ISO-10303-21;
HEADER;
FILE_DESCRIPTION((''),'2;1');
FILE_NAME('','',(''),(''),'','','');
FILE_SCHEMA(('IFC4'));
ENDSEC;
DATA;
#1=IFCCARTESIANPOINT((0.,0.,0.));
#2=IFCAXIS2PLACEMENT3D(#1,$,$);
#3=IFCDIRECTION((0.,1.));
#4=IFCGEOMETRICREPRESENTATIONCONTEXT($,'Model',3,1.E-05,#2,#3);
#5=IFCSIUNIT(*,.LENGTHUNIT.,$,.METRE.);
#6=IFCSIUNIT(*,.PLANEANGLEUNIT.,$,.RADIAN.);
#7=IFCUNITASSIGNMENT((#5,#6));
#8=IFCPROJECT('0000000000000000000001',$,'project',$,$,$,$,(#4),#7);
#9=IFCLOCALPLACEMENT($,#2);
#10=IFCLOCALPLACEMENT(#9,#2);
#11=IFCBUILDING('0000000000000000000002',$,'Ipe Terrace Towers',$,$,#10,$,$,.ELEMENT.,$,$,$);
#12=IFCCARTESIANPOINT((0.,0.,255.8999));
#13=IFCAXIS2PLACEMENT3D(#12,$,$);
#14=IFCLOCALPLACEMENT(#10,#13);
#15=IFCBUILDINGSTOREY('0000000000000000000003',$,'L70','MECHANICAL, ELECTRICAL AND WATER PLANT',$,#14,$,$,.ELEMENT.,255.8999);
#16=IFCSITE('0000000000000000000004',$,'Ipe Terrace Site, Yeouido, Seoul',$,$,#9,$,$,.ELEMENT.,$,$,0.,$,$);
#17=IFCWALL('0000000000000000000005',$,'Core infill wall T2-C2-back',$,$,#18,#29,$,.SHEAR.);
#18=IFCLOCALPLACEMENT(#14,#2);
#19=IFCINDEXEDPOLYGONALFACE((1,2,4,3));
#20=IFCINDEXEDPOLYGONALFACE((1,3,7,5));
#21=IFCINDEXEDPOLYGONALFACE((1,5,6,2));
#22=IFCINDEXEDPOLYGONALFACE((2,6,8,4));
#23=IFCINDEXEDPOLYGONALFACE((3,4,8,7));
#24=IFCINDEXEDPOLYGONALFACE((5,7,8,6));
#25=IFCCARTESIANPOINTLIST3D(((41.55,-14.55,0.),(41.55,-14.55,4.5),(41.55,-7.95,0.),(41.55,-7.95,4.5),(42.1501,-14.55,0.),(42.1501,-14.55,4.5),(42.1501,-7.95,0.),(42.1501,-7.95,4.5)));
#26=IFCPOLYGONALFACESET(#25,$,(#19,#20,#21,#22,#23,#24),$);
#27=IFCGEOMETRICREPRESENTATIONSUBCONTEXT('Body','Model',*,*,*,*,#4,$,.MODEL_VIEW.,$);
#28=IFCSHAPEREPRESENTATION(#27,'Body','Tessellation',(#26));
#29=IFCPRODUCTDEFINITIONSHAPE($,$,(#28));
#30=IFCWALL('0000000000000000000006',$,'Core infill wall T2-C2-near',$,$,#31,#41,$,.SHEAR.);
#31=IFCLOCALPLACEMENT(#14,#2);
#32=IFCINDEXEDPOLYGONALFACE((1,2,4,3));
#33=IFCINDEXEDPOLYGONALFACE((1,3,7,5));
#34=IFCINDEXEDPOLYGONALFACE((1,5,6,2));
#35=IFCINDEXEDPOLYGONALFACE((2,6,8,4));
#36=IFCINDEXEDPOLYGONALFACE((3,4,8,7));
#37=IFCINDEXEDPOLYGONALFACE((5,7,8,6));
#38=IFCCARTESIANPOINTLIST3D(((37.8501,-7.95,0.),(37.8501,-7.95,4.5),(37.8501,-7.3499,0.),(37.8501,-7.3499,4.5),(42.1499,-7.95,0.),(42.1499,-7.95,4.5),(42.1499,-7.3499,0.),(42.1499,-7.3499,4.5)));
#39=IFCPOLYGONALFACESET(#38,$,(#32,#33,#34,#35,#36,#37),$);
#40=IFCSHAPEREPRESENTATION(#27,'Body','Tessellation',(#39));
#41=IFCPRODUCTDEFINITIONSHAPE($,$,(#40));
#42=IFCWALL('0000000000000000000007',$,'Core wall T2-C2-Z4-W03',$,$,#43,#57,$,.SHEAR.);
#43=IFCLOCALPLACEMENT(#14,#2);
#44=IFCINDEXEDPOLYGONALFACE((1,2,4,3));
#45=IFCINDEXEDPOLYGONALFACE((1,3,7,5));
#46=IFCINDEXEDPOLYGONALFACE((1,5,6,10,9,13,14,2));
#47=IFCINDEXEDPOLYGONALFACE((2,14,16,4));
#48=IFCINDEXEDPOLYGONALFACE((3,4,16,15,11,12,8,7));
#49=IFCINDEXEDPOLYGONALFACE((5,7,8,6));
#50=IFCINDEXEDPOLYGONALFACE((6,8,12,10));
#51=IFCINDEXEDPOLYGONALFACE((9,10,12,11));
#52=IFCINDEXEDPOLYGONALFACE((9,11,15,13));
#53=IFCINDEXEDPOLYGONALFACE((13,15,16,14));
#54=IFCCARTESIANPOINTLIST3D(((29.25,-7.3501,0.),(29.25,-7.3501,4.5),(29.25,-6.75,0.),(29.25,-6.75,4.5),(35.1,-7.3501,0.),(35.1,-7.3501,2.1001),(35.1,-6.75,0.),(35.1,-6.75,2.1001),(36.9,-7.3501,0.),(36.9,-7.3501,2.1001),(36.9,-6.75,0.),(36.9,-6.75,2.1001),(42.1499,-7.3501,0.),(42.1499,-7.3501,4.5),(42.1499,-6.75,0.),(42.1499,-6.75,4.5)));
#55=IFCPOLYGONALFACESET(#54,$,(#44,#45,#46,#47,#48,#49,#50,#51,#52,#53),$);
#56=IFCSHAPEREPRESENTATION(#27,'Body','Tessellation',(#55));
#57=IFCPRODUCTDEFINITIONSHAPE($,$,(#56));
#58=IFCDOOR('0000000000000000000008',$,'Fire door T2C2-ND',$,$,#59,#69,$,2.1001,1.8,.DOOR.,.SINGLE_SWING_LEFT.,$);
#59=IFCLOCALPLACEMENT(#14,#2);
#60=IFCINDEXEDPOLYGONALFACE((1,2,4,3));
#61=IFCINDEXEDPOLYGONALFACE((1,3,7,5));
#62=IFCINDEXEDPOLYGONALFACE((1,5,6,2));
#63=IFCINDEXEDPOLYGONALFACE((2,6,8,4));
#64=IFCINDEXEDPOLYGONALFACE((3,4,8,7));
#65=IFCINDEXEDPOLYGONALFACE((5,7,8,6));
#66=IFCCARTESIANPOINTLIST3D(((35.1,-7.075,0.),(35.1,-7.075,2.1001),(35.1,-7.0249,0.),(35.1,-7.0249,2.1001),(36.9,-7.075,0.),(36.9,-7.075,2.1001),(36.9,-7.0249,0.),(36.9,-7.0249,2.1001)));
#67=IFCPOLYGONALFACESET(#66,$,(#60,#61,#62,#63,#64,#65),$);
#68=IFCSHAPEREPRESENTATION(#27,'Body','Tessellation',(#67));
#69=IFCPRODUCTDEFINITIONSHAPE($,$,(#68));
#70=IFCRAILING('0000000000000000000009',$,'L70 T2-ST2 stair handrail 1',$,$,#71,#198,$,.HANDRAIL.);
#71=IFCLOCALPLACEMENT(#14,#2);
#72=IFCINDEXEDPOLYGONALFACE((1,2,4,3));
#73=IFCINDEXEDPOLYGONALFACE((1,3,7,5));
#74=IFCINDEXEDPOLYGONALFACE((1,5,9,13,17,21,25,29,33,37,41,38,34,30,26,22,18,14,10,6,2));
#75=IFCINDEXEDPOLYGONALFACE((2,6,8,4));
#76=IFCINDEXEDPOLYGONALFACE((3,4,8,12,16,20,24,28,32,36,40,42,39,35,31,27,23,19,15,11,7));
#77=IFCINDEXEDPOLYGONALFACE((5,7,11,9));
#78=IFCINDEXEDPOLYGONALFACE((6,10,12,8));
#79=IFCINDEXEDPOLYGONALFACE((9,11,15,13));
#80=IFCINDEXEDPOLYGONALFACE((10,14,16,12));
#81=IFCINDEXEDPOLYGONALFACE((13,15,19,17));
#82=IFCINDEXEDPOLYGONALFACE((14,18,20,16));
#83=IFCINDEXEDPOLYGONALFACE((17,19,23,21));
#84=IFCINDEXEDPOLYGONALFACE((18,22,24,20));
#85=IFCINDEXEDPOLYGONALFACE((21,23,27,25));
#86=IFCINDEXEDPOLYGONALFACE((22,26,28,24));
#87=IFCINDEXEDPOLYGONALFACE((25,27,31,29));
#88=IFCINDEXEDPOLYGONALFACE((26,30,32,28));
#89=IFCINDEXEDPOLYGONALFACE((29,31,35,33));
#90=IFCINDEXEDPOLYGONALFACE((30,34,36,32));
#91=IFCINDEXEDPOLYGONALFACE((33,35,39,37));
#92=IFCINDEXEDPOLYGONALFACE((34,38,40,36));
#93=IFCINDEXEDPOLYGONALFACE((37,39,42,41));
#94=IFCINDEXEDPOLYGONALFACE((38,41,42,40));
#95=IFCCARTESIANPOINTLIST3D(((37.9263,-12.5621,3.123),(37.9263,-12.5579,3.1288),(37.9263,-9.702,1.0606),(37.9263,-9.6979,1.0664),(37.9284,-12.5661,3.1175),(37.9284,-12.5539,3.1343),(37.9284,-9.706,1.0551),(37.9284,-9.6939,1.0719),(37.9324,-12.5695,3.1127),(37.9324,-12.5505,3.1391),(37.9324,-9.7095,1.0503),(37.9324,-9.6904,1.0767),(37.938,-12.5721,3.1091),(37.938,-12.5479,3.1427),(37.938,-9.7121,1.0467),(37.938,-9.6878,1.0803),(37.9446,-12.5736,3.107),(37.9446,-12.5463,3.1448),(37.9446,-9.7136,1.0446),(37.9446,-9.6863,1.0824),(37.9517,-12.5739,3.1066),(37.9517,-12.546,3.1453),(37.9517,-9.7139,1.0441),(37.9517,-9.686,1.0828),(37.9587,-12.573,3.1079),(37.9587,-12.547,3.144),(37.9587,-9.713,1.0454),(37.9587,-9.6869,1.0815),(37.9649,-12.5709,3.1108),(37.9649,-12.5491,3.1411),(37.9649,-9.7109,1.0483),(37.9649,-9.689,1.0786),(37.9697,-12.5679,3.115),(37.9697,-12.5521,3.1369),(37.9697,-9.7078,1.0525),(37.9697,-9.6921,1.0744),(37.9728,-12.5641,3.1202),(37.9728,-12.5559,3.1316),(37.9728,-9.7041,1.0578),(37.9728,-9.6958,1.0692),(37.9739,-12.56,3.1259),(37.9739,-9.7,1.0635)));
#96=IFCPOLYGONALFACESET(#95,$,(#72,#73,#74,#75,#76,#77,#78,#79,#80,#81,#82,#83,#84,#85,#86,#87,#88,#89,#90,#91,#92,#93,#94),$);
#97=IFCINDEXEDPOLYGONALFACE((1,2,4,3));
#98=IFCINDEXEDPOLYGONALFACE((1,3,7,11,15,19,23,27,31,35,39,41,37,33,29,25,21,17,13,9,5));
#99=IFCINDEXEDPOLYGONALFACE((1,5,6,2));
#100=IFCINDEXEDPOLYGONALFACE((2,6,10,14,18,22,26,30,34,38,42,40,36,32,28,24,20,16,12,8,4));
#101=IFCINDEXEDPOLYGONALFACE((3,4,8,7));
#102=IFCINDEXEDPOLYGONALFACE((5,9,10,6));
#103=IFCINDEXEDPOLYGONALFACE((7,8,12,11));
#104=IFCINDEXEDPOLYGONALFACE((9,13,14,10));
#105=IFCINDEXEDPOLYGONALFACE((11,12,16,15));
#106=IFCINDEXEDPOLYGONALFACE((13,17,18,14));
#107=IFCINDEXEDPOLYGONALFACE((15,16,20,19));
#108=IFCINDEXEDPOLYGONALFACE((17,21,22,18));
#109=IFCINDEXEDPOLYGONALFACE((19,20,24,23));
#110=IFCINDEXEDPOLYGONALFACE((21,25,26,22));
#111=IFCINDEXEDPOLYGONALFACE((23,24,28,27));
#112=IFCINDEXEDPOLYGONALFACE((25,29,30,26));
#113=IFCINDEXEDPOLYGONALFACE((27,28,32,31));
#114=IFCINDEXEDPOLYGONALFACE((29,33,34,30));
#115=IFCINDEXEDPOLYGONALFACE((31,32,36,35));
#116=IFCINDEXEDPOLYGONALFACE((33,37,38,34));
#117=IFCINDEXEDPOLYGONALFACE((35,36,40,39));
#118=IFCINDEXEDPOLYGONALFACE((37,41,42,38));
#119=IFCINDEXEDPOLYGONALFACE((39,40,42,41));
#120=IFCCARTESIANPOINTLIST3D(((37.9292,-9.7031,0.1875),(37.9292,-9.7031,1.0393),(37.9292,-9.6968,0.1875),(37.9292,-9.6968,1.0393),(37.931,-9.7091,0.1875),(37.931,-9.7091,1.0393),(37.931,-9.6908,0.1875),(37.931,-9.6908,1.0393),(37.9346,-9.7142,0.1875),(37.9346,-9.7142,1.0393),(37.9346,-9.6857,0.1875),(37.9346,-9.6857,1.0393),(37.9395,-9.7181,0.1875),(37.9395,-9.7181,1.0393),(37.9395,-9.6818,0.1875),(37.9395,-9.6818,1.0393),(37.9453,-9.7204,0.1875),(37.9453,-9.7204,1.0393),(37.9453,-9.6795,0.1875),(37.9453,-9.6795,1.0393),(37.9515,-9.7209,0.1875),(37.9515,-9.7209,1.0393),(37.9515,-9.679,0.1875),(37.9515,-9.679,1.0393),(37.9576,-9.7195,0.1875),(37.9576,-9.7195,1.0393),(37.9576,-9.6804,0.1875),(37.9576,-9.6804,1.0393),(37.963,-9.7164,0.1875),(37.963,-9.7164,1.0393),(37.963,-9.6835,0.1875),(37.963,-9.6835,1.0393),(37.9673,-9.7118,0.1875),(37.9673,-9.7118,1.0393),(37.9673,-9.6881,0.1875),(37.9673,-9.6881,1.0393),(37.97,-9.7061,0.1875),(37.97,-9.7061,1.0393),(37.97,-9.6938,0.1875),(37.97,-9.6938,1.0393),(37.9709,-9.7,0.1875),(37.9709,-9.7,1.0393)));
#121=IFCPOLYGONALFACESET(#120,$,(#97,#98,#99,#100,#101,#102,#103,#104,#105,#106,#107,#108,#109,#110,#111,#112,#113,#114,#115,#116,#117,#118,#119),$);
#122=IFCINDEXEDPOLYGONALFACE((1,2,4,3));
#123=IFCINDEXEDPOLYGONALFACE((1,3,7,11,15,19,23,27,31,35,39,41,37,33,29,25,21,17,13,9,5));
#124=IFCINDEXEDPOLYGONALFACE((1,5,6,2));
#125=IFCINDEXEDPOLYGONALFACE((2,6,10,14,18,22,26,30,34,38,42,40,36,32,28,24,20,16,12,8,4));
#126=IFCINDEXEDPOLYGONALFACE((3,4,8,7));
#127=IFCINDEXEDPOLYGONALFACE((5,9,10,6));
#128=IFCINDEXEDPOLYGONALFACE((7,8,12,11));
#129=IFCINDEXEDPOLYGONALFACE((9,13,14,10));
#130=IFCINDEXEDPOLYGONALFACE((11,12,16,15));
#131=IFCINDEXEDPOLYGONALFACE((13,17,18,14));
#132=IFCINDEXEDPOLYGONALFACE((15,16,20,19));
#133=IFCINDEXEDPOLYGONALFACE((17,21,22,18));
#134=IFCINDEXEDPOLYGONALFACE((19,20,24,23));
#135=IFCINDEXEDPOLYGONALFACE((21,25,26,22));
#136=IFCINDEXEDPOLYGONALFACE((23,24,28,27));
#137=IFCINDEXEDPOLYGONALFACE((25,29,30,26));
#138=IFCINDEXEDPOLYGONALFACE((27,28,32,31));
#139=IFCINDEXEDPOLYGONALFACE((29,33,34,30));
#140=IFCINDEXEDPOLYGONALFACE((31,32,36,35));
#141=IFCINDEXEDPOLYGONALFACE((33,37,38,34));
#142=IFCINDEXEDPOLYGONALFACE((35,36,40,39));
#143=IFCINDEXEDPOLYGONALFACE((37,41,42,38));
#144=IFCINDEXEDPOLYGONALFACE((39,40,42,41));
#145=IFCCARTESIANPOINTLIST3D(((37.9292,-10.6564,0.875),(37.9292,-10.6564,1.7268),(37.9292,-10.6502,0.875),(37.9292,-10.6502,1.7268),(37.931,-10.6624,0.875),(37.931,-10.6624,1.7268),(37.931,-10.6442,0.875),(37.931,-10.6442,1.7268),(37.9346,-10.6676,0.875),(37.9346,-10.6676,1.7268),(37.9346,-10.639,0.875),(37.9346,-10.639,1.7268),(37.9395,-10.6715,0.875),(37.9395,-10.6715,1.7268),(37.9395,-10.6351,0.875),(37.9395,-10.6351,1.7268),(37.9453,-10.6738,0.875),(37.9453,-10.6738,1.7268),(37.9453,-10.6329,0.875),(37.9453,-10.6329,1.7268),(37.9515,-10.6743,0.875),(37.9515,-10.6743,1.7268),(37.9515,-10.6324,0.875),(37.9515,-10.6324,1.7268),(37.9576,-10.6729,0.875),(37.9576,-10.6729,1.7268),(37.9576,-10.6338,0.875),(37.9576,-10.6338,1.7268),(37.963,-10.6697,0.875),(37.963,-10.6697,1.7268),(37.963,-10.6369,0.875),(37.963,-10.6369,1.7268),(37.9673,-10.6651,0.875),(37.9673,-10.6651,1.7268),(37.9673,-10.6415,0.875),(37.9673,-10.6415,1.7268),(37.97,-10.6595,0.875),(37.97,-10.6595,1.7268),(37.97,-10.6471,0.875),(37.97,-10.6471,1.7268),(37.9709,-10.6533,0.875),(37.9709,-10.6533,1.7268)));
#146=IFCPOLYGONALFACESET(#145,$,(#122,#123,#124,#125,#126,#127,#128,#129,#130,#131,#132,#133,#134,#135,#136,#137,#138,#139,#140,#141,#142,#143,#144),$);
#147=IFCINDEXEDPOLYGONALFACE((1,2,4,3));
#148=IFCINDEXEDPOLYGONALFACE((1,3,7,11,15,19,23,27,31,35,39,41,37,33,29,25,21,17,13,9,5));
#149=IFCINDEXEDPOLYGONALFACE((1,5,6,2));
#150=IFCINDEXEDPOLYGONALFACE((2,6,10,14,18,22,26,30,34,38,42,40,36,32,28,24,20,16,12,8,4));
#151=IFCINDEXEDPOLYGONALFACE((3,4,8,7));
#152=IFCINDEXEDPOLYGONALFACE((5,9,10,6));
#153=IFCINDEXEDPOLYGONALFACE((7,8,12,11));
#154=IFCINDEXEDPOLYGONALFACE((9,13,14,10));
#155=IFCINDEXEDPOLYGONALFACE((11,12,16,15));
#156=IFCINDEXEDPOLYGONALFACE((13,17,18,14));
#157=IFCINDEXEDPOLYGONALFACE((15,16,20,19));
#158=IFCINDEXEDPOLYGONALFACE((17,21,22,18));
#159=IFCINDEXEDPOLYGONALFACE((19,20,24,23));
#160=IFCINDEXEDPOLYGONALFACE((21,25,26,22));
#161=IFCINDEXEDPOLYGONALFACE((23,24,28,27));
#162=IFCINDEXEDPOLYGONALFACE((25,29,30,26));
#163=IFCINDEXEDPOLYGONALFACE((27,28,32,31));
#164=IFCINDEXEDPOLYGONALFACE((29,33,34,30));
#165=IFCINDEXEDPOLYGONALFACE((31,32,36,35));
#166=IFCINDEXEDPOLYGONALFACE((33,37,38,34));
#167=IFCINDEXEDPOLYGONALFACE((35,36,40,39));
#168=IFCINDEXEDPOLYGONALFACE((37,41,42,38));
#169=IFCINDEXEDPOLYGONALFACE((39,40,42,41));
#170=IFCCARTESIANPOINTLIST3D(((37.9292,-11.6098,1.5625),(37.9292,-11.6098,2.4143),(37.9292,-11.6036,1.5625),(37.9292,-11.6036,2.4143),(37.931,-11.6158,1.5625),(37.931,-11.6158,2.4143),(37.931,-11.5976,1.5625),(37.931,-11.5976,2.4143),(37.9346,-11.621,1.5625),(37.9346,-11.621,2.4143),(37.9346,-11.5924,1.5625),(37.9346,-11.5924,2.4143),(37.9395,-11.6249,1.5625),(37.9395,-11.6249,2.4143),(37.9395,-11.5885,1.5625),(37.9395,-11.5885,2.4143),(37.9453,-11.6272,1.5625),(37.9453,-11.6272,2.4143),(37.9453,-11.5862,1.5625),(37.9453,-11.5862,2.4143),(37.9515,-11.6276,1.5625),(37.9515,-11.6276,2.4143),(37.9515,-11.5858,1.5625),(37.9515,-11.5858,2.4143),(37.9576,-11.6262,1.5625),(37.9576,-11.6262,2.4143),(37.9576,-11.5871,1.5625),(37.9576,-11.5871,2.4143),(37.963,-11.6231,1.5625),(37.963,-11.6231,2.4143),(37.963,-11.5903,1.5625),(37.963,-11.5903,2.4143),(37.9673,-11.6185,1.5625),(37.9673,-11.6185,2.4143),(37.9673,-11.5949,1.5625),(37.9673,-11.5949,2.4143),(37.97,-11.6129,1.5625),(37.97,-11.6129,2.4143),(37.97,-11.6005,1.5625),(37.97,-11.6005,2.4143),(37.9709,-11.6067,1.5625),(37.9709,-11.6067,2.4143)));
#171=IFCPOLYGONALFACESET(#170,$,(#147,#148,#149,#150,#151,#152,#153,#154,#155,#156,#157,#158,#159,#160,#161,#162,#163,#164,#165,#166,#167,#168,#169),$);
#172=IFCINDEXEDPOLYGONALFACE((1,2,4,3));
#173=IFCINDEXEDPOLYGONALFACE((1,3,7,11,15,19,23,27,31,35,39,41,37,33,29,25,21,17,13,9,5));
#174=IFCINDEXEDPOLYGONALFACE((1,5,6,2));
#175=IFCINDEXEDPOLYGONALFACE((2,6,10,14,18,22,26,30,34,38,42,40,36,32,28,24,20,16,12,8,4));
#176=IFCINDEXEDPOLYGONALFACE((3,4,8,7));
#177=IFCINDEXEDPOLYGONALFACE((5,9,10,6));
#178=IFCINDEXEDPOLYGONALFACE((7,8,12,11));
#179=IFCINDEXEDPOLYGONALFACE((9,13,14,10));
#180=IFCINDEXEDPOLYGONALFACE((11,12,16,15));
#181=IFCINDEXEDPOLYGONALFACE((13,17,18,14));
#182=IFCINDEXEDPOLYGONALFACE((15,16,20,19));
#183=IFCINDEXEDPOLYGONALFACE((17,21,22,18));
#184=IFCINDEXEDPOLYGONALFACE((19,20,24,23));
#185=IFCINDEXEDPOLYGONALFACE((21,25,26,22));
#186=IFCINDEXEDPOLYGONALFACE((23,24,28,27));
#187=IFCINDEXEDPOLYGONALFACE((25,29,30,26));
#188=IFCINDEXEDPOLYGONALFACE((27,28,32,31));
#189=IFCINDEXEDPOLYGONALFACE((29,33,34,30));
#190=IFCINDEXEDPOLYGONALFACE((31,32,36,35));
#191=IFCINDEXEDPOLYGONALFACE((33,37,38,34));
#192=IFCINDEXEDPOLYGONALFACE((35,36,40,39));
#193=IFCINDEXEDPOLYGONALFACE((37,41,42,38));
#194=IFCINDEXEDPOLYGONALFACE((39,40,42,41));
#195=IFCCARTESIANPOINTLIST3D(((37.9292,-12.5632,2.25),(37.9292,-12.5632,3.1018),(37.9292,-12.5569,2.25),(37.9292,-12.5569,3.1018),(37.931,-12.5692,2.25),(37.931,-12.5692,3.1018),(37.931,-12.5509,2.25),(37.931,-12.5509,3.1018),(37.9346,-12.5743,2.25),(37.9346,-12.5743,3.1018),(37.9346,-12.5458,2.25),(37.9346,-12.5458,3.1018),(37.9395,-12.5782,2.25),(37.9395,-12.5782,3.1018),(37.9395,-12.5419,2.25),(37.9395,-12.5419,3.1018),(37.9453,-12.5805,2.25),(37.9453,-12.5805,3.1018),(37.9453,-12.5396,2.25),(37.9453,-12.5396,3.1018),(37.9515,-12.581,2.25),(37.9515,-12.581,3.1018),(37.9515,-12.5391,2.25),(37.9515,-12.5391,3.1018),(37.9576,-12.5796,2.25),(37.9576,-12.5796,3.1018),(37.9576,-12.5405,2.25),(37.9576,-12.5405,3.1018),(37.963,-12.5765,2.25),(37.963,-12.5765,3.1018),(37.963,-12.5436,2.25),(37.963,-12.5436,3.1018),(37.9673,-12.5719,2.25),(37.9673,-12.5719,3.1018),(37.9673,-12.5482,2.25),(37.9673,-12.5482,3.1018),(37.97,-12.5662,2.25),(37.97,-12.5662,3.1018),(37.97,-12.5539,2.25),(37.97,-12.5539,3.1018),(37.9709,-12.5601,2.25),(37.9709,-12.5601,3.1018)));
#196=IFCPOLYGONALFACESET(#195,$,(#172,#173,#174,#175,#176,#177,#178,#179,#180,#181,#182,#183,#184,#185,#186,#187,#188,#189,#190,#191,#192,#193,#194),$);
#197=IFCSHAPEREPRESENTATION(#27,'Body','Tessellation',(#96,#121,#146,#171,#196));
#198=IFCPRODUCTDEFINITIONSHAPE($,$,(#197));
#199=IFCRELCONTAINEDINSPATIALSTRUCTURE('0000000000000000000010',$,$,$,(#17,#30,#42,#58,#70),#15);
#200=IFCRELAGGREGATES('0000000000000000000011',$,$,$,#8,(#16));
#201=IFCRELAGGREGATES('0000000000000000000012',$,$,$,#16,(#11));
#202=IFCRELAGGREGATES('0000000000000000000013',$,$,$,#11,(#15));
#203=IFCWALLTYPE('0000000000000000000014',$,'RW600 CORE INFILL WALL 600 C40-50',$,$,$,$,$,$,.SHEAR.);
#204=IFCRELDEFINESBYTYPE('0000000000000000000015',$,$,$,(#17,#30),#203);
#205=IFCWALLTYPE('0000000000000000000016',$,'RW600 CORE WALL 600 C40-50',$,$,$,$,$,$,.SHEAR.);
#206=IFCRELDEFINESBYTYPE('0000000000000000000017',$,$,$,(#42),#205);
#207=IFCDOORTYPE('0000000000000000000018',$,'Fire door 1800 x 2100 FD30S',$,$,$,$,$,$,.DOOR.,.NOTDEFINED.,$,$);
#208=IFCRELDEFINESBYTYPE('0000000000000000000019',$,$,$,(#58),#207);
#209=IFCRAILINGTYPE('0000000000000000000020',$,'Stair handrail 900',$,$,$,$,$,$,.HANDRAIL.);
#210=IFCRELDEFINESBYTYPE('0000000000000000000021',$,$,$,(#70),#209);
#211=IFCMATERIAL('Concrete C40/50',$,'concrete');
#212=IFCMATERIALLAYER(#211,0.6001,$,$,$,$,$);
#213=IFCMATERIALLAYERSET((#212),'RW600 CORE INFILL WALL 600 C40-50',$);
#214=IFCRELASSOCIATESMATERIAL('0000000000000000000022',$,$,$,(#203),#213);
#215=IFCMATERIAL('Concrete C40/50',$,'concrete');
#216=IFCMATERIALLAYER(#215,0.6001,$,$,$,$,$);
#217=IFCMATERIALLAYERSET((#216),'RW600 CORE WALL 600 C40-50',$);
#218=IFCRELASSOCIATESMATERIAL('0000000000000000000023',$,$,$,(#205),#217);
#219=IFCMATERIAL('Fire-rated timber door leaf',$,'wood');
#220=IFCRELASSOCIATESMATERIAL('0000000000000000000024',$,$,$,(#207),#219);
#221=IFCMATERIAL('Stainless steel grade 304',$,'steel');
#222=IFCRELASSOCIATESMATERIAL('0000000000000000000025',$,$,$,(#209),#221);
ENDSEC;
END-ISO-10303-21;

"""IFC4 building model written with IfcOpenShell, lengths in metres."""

from ifc_helpers import new_model, si_unit, direction, frame, frame_2d, origin, origin_2d, place, context, subcontext, project, spatial, rectangle, circle, extrude, material, layer, layer_set, type_object, element, fill, save


model = new_model("IFC4")

# Units and contexts
model_context = context("Model", 3, precision=1e-05, world=origin(), true_north=direction((0.0, 1.0)))
body_context = subcontext(model_context, "Body", "Model", "MODEL_VIEW")
ifc_project = project(units=[si_unit("LENGTHUNIT", "METRE"), si_unit("PLANEANGLEUNIT", "RADIAN")], contexts=[model_context])

# Site, building, storey
site_placement = place(None, origin())
site = spatial("IfcSite", under=ifc_project, at=site_placement, Name="Ipe Terrace Site, Yeouido, Seoul", CompositionType="ELEMENT", RefElevation=0.0)
building_placement = place(site_placement, origin())
building = spatial("IfcBuilding", under=site, at=building_placement, Name="Ipe Terrace Towers", CompositionType="ELEMENT")
storey_placement = place(building_placement, frame((0.0, 0.0, 255.8999)))
storey = spatial("IfcBuildingStorey", under=building, at=storey_placement, Name="L70", Description="MECHANICAL, ELECTRICAL AND WATER PLANT", CompositionType="ELEMENT", Elevation=255.8999)

# Walls
ifc_material_1 = material(Name="Concrete C40/50", Category="concrete")
ifc_layer_1 = layer(ifc_material_1, 0.6001)
ifc_layer_set_1 = layer_set([ifc_layer_1], Name="RW600 CORE INFILL WALL 600 C40-50")
wall_type_1 = type_object("IfcWallType", Name="RW600 CORE INFILL WALL 600 C40-50", PredefinedType="SHEAR", material=ifc_layer_set_1)
wall_1_placement = place(storey_placement, frame((41.8501, -7.95, 0.0), z_axis=(0.0, 0.0, 1.0), x_axis=(0.0, -1.0, 0.0)))
element("IfcWall", 1, at=wall_1_placement, inside=storey, type_object=wall_type_1, Name="Core infill wall T2-C2-back", PredefinedType="SHEAR", context=body_context, shape_type="SweptSolid", body=[
    extrude(rectangle(XDim=6.6001, YDim=0.6001, at=frame_2d((3.3, 0.0))), origin(), (0.0, 0.0, 1.0), 4.5),
])
wall_2_placement = place(storey_placement, frame((37.8501, -7.6499, 0.0), z_axis=(0.0, 0.0, 1.0), x_axis=(1.0, 0.0, 0.0)))
element("IfcWall", 2, at=wall_2_placement, inside=storey, type_object=wall_type_1, Name="Core infill wall T2-C2-near", PredefinedType="SHEAR", context=body_context, shape_type="SweptSolid", body=[
    extrude(rectangle(XDim=4.2998, YDim=0.6001, at=frame_2d((2.1499, 0.0))), origin(), (0.0, 0.0, 1.0), 4.5),
])

# Wall, opening, door
ifc_material_2 = material(Name="Concrete C40/50", Category="concrete")
ifc_layer_2 = layer(ifc_material_2, 0.6001)
ifc_layer_set_2 = layer_set([ifc_layer_2], Name="RW600 CORE WALL 600 C40-50")
wall_type_2 = type_object("IfcWallType", Name="RW600 CORE WALL 600 C40-50", PredefinedType="SHEAR", material=ifc_layer_set_2)
wall_3_placement = place(storey_placement, frame((42.1499, -7.05, 0.0), z_axis=(0.0, 0.0, 1.0), x_axis=(-1.0, 0.0, 0.0)))
wall_3 = element("IfcWall", 3, at=wall_3_placement, inside=storey, type_object=wall_type_2, Name="Core wall T2-C2-Z4-W03", PredefinedType="SHEAR", context=body_context, shape_type="SweptSolid", body=[
    extrude(rectangle(XDim=12.8999, YDim=0.6001, at=frame_2d((6.45, 0.0))), origin(), (0.0, 0.0, 1.0), 4.5),
])
opening_1_placement = place(wall_3_placement, frame((5.25, 0.0, 0.0)))
opening_1 = element("IfcOpeningElement", 4, at=opening_1_placement, cuts=wall_3, PredefinedType="OPENING", context=body_context, shape_type="SweptSolid", body=[
    extrude(rectangle(XDim=1.8, YDim=2.1001, at=frame_2d((0.8999, 1.05))), frame((0.0, 0.3101, 0.0), z_axis=(0.0, -1.0, 0.0), x_axis=(1.0, 0.0, 0.0)), (0.0, 0.0, 1.0), 0.6201),
])
ifc_material_3 = material(Name="Fire-rated timber door leaf", Category="wood")
door_type_1 = type_object("IfcDoorType", Name="Fire door 1800 x 2100 FD30S", OperationType="NOTDEFINED", PredefinedType="DOOR", material=ifc_material_3)
door_1_placement = place(opening_1_placement, origin())
door_1 = element("IfcDoor", 5, at=door_1_placement, inside=storey, type_object=door_type_1, Name="Fire door T2C2-ND", OperationType="SINGLE_SWING_LEFT", OverallHeight=2.1001, OverallWidth=1.8, PredefinedType="DOOR", context=body_context, shape_type="SweptSolid", body=[
    extrude(rectangle(XDim=1.8, YDim=2.1001, at=frame_2d((0.8999, 1.05))), frame((0.0, 0.0249, 0.0), z_axis=(0.0, -1.0, 0.0), x_axis=(1.0, 0.0, 0.0)), (0.0, 0.0, 1.0), 0.05),
])
fill(opening_1, door_1)

# Railing
ifc_material_4 = material(Name="Stainless steel grade 304", Category="steel")
railing_type_1 = type_object("IfcRailingType", Name="Stair handrail 900", PredefinedType="HANDRAIL", material=ifc_material_4)
railing_1_placement = place(storey_placement, frame((37.95, -9.7, 0.1875)))
element("IfcRailing", 6, at=railing_1_placement, inside=storey, type_object=railing_type_1, Name="L70 T2-ST2 stair handrail 1", PredefinedType="HANDRAIL", context=body_context, shape_type="SweptSolid", body=[
    extrude(circle(Radius=0.0239, at=origin_2d()), frame((0.0, 0.0, 0.876), z_axis=(0.0, -0.811101, 0.584906), x_axis=(1.0, 0.0, 0.0)), (0.0, 0.0, 1.0), 3.5261),
    extrude(circle(Radius=0.021, at=origin_2d()), origin(), (0.0, 0.0, 1.0), 0.8518),
    extrude(circle(Radius=0.021, at=origin_2d()), frame((0.0, -0.9534, 0.6875)), (0.0, 0.0, 1.0), 0.8518),
    extrude(circle(Radius=0.021, at=origin_2d()), frame((0.0, -1.9067, 1.375)), (0.0, 0.0, 1.0), 0.8518),
    extrude(circle(Radius=0.021, at=origin_2d()), frame((0.0, -2.8601, 2.0625)), (0.0, 0.0, 1.0), 0.8518),
])

save(model, "model.ifc")
